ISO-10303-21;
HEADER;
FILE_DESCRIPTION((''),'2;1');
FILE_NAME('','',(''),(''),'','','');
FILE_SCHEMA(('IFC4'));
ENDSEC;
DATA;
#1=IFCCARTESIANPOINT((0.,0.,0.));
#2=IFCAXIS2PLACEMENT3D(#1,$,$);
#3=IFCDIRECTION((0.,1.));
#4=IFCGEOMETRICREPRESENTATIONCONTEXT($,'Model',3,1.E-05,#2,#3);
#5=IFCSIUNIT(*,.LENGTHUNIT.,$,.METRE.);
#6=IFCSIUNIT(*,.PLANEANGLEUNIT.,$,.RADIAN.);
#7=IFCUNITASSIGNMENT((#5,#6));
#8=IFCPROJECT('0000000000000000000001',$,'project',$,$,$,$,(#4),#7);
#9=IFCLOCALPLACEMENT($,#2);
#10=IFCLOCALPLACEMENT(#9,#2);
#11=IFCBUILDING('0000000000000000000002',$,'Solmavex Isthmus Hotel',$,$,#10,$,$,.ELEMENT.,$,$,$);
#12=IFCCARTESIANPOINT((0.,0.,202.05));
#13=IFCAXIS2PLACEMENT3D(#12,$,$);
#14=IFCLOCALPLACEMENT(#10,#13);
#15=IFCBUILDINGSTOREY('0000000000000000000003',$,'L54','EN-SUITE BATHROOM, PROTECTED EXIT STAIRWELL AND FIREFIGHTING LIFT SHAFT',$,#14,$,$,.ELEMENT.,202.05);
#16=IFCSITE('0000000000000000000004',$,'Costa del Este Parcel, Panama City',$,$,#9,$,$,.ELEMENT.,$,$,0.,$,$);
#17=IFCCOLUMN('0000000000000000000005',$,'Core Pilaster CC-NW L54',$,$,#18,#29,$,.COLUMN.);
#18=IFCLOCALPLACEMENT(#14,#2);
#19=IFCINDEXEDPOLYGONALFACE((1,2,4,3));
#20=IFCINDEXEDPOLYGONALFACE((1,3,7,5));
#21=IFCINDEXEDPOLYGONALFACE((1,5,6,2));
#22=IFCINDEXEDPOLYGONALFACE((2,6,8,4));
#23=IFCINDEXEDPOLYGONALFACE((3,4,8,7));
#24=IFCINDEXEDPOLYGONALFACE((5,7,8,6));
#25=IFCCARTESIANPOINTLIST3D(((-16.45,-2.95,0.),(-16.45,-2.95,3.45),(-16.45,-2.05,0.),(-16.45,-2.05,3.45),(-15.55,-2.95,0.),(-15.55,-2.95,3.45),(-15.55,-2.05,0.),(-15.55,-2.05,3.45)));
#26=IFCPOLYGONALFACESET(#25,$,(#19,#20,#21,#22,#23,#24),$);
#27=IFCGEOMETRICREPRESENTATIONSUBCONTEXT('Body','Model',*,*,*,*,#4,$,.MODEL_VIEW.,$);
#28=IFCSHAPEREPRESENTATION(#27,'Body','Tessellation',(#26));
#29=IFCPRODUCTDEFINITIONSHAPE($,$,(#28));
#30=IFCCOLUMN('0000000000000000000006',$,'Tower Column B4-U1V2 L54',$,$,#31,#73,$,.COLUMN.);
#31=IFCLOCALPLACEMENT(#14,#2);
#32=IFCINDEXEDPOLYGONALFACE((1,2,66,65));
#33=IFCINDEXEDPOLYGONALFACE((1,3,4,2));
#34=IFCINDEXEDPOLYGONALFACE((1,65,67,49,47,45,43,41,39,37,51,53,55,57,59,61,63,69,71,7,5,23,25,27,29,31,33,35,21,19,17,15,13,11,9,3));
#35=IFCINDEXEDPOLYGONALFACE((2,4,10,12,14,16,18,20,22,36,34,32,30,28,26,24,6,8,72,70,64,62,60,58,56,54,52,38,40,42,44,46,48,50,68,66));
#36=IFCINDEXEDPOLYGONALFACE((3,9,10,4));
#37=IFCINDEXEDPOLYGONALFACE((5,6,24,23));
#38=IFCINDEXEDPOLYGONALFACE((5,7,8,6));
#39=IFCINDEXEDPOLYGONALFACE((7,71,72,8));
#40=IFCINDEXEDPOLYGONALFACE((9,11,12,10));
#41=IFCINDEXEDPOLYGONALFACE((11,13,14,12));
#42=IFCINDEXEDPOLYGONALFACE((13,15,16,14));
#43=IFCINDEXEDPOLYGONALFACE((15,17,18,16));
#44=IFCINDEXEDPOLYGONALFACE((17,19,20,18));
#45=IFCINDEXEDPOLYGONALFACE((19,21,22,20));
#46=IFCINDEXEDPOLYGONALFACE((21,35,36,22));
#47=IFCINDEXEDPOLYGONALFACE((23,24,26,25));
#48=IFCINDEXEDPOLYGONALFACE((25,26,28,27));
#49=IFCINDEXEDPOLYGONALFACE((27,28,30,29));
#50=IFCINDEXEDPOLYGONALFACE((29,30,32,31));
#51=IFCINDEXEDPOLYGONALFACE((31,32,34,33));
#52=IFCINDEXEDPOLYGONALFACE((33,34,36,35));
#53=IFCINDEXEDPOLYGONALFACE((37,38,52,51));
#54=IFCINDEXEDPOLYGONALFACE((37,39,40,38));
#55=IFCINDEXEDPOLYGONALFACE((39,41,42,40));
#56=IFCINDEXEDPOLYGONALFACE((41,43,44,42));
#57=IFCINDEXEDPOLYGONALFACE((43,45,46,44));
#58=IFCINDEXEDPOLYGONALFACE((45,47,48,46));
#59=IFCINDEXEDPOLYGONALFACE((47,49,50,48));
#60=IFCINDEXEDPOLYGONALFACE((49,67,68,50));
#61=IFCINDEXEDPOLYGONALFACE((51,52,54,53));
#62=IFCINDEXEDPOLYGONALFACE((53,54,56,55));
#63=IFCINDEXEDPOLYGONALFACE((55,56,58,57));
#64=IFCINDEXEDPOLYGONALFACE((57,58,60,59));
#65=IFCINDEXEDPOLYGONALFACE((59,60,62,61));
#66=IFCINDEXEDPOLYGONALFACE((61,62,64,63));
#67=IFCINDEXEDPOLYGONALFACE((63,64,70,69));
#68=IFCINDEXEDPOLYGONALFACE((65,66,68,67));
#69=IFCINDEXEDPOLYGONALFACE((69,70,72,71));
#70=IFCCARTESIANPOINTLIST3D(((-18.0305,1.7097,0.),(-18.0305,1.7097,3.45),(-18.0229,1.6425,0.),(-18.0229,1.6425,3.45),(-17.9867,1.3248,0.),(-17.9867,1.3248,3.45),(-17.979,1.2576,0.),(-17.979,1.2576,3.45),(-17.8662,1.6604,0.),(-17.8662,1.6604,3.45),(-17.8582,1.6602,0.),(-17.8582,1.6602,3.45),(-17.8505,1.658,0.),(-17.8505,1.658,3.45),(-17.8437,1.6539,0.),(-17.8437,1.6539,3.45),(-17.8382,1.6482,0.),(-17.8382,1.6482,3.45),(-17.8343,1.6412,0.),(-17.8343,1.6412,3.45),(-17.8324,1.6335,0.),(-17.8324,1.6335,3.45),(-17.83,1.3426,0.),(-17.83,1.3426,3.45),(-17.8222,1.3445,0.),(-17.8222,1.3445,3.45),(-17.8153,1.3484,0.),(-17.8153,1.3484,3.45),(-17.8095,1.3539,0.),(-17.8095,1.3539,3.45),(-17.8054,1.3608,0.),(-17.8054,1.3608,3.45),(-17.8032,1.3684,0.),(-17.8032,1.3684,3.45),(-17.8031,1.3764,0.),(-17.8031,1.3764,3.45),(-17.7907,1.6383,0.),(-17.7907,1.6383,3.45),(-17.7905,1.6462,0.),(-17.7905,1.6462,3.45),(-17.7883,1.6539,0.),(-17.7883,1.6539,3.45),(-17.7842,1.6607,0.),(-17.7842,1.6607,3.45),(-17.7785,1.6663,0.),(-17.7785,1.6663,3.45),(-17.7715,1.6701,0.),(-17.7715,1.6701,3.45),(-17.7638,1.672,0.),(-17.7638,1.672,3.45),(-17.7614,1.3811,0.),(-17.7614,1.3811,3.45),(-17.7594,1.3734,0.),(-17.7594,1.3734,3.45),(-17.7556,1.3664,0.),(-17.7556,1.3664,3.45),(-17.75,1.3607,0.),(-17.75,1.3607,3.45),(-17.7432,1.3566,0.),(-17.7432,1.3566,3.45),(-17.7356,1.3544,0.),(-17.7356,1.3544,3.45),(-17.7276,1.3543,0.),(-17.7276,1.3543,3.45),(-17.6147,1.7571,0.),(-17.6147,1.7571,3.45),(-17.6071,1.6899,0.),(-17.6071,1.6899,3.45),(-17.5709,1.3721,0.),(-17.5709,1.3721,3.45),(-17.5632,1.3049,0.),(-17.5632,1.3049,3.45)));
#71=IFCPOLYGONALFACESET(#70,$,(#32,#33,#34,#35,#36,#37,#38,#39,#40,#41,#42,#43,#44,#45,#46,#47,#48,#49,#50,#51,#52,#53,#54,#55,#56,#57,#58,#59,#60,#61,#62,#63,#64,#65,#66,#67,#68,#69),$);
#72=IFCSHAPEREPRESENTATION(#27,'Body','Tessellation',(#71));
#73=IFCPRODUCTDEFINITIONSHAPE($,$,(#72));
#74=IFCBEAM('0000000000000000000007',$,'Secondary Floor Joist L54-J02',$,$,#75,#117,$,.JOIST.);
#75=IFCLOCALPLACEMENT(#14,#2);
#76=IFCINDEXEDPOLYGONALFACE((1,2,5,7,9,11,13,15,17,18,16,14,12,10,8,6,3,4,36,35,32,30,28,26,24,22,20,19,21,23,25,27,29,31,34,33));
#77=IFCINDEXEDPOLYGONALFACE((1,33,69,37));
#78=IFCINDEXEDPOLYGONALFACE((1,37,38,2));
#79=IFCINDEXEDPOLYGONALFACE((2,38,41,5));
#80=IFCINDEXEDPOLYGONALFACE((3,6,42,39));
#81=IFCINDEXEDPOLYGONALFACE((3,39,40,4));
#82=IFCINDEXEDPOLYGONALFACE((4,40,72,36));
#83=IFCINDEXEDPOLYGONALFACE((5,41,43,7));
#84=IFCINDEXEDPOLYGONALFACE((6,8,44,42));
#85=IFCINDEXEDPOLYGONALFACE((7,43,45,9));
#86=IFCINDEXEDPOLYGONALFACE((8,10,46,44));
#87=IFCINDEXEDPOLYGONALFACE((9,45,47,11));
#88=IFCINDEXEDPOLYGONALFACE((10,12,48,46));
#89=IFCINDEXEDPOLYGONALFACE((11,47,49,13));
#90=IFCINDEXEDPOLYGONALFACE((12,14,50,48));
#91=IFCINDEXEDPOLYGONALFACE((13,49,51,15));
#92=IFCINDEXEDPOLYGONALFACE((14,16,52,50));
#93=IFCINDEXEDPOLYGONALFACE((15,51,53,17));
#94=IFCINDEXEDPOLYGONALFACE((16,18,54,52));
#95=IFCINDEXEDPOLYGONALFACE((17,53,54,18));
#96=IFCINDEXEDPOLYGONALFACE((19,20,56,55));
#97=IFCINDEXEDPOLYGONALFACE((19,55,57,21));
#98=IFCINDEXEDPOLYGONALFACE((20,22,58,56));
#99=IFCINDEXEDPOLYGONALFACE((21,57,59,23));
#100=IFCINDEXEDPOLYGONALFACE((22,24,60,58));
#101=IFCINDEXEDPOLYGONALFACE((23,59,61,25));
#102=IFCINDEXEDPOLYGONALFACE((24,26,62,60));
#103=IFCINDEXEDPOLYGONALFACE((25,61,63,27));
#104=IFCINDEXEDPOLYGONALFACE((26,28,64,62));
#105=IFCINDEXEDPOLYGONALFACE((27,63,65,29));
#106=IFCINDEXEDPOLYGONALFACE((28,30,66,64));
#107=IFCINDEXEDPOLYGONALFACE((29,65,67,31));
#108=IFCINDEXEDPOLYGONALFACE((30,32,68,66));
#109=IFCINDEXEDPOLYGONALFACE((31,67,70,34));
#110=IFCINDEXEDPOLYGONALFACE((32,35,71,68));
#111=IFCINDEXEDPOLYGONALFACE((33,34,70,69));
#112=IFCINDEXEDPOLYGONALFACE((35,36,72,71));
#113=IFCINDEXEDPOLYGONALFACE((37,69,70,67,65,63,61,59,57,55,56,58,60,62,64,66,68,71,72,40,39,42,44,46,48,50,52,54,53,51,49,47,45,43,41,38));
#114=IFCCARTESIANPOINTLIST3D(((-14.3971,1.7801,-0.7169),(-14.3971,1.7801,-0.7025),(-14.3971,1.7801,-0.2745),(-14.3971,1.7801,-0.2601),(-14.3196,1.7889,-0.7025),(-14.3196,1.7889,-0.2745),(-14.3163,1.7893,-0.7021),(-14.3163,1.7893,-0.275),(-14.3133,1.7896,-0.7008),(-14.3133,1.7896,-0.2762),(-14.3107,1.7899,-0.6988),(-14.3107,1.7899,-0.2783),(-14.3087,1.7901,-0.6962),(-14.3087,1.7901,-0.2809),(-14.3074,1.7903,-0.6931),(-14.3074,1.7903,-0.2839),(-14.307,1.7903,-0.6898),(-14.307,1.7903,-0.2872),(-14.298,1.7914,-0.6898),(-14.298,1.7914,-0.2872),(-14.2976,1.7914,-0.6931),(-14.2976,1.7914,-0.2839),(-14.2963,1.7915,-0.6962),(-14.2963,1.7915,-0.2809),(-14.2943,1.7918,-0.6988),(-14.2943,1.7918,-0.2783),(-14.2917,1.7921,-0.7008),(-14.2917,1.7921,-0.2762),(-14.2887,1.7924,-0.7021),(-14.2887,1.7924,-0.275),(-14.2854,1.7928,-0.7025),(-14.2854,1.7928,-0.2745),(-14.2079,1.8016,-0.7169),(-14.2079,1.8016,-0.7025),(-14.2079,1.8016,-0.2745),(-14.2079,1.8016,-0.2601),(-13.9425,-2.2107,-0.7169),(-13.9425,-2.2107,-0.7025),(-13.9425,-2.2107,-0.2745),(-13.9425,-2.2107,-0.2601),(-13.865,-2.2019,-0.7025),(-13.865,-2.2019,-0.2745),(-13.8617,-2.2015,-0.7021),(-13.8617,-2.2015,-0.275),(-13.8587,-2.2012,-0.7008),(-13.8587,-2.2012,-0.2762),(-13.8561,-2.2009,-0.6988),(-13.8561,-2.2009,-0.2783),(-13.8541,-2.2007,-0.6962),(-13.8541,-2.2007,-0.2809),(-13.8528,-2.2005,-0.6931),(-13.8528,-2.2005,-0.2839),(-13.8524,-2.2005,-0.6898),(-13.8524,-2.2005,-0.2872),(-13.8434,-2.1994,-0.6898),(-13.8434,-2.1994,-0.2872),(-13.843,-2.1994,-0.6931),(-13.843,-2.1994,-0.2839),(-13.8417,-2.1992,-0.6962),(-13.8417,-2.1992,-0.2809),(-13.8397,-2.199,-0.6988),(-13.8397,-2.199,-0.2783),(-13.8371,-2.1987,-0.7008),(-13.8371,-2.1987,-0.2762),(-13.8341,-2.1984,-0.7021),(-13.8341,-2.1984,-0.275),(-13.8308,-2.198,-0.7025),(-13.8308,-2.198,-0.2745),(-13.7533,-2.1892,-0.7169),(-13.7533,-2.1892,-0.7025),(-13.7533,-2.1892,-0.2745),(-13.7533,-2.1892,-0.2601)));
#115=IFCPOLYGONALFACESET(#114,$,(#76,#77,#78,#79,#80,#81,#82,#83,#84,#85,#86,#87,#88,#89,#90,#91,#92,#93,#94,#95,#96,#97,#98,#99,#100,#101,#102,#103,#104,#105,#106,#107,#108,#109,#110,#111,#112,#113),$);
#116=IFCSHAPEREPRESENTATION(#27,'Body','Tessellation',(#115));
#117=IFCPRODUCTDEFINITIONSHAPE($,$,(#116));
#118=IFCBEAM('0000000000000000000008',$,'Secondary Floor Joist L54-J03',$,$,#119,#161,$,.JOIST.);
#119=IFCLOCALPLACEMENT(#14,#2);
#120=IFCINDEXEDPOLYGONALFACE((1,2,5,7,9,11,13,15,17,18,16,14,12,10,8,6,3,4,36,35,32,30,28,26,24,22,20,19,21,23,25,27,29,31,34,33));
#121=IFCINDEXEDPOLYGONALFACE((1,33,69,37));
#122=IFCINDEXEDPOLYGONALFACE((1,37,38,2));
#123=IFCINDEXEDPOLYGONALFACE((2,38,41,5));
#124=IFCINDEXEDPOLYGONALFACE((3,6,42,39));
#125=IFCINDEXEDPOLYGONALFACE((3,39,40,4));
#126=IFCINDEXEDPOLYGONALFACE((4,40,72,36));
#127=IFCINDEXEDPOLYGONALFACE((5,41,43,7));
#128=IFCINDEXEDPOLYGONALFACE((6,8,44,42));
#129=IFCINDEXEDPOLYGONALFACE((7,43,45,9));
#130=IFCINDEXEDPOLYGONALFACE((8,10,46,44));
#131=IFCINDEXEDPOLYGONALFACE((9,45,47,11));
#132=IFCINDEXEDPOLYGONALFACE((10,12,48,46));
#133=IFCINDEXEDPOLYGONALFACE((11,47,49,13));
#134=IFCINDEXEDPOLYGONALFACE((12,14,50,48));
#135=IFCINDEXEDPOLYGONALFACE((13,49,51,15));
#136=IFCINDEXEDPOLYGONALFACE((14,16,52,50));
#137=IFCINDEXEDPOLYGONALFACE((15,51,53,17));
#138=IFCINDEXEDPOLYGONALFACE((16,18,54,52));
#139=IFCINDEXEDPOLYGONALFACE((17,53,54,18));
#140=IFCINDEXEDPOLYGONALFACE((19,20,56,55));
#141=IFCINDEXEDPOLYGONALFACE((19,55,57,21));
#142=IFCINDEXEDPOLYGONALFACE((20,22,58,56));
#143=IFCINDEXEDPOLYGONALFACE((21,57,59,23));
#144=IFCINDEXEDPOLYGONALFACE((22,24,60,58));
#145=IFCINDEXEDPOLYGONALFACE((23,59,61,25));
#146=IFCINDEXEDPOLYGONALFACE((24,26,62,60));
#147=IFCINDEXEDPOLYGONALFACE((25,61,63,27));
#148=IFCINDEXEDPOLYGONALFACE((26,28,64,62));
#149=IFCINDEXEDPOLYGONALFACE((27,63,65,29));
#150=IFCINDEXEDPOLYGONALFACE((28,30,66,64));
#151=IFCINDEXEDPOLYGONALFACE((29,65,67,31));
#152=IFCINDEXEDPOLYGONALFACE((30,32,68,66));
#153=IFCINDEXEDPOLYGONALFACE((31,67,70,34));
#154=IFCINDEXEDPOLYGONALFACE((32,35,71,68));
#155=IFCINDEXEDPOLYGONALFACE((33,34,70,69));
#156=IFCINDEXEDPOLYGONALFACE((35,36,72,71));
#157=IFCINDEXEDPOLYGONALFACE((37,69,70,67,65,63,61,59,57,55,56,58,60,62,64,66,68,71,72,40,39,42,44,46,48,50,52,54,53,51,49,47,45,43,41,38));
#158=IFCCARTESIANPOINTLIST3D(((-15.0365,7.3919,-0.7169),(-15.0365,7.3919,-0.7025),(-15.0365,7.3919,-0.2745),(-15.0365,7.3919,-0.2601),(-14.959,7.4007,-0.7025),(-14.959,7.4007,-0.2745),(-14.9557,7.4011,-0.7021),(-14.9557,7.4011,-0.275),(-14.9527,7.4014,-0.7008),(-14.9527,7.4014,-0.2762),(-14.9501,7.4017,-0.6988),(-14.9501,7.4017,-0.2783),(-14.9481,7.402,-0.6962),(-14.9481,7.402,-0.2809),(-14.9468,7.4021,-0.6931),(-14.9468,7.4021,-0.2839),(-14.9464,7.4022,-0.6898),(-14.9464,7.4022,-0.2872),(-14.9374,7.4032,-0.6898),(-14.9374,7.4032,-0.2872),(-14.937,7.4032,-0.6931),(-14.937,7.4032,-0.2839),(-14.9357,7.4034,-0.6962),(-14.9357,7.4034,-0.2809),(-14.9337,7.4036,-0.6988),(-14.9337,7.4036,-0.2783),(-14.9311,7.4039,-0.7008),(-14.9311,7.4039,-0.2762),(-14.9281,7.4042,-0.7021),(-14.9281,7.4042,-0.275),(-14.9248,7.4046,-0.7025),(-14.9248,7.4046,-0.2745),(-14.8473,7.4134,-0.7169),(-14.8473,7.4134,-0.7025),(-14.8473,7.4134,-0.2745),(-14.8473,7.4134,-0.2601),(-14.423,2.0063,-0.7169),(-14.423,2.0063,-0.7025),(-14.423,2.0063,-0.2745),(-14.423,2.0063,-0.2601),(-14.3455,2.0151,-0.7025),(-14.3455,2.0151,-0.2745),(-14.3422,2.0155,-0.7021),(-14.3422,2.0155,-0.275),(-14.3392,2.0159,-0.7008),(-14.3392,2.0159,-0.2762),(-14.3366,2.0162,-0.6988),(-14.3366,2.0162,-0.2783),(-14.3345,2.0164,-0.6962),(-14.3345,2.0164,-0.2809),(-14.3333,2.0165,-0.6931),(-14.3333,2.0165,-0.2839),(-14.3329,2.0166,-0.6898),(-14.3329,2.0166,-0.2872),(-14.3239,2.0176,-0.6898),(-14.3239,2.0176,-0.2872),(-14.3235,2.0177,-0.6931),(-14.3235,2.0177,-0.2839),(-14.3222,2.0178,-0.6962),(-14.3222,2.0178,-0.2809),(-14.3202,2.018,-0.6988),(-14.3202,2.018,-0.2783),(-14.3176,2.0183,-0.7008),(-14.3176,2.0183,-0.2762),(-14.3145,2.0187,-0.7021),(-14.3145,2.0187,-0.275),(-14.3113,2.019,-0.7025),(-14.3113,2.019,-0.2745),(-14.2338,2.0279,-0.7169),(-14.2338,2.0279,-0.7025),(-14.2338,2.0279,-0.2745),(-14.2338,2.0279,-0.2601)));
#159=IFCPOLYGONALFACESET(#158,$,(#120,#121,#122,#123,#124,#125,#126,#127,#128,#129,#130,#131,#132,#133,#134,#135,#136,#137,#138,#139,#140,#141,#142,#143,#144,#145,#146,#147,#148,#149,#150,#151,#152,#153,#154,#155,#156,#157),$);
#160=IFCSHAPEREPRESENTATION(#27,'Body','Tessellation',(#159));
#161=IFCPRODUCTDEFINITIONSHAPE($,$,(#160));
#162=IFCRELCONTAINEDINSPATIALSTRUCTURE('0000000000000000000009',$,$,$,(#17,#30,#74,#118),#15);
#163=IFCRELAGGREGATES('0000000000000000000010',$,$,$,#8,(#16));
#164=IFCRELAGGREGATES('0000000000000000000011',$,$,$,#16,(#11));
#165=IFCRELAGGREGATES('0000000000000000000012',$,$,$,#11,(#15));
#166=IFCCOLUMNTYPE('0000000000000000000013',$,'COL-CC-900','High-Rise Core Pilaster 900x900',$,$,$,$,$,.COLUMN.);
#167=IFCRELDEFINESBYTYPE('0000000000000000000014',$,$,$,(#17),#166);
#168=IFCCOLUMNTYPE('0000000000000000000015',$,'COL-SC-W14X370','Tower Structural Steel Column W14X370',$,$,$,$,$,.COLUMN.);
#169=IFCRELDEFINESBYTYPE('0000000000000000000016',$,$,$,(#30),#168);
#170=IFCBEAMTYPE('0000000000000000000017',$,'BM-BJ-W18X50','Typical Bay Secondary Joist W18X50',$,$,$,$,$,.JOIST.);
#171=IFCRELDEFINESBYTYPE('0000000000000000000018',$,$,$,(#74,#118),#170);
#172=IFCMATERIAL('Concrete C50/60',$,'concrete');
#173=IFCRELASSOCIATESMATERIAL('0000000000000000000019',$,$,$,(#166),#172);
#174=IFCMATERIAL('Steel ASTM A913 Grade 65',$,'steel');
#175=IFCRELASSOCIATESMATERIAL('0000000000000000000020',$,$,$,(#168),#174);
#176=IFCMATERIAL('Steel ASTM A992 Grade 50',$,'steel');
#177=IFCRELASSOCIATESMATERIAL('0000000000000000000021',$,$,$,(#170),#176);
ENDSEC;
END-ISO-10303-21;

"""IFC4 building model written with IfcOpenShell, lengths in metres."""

from ifc_helpers import new_model, si_unit, direction, frame, origin, origin_2d, place, context, subcontext, project, spatial, rectangle, i_section, extrude, material, material_profile, profile_set, type_object, element, save


model = new_model("IFC4")

# Units and contexts
model_context = context("Model", 3, precision=1e-05, world=origin(), true_north=direction((0.0, 1.0)))
body_context = subcontext(model_context, "Body", "Model", "MODEL_VIEW")
ifc_project = project(units=[si_unit("LENGTHUNIT", "METRE"), si_unit("PLANEANGLEUNIT", "RADIAN")], contexts=[model_context])

# Site, building, storey
site_placement = place(None, origin())
site = spatial("IfcSite", under=ifc_project, at=site_placement, Name="Costa del Este Parcel, Panama City", CompositionType="ELEMENT", RefElevation=0.0)
building_placement = place(site_placement, origin())
building = spatial("IfcBuilding", under=site, at=building_placement, Name="Solmavex Isthmus Hotel", CompositionType="ELEMENT")
storey_placement = place(building_placement, frame((0.0, 0.0, 202.05)))
storey = spatial("IfcBuildingStorey", under=building, at=storey_placement, Name="L54", Description="EN-SUITE BATHROOM, PROTECTED EXIT STAIRWELL AND FIREFIGHTING LIFT SHAFT", CompositionType="ELEMENT", Elevation=202.05)

# Columns
ifc_material_1 = material(Name="Concrete C50/60", Category="concrete")
ifc_material_profile_1 = material_profile(ifc_material_1, rectangle(XDim=0.8999, YDim=0.8999, at=origin_2d()), Name="RC900X900")
ifc_profile_set_1 = profile_set([ifc_material_profile_1], Name="Concrete C50/60")
column_type_1 = type_object("IfcColumnType", Name="COL-CC-900", Description="High-Rise Core Pilaster 900x900", PredefinedType="COLUMN", material=ifc_profile_set_1)
column_1_placement = place(storey_placement, frame((-16.0, -2.5, 0.0), z_axis=(0.0, 0.0, 1.0), x_axis=(1.0, 0.0, 0.0)))
element("IfcColumn", 1, at=column_1_placement, inside=storey, type_object=column_type_1, Name="Core Pilaster CC-NW L54", PredefinedType="COLUMN", context=body_context, shape_type="SweptSolid", body=[
    extrude(rectangle(XDim=0.8999, YDim=0.8999, at=origin_2d()), origin(), (0.0, 0.0, 1.0), 3.45),
])
ifc_material_2 = material(Name="Steel ASTM A913 Grade 65", Category="steel")
ifc_material_profile_2 = material_profile(ifc_material_2, i_section(OverallWidth=0.4185, OverallDepth=0.4551, WebThickness=0.042, FlangeThickness=0.0676, FilletRadius=0.0305, at=origin_2d()), Name="W14X370")
ifc_profile_set_2 = profile_set([ifc_material_profile_2], Name="Steel ASTM A913 Grade 65")
column_type_2 = type_object("IfcColumnType", Name="COL-SC-W14X370", Description="Tower Structural Steel Column W14X370", PredefinedType="COLUMN", material=ifc_profile_set_2)
column_2_placement = place(storey_placement, frame((-17.7969, 1.5073, 0.0), z_axis=(0.0, 0.0, 1.0), x_axis=(0.993572, 0.113203, 0.0)))
element("IfcColumn", 2, at=column_2_placement, inside=storey, type_object=column_type_2, Name="Tower Column B4-U1V2 L54", PredefinedType="COLUMN", context=body_context, shape_type="SweptSolid", body=[
    extrude(i_section(OverallWidth=0.4185, OverallDepth=0.4551, WebThickness=0.042, FlangeThickness=0.0676, FilletRadius=0.0305, at=origin_2d()), origin(), (0.0, 0.0, 1.0), 3.45),
])

# Beams
ifc_material_3 = material(Name="Steel ASTM A992 Grade 50", Category="steel")
ifc_material_profile_3 = material_profile(ifc_material_3, i_section(OverallWidth=0.1904, OverallDepth=0.4568, WebThickness=0.009, FlangeThickness=0.0144, FilletRadius=0.0127, at=origin_2d()), Name="W18X50")
ifc_profile_set_3 = profile_set([ifc_material_profile_3], Name="Steel ASTM A992 Grade 50")
beam_type_1 = type_object("IfcBeamType", Name="BM-BJ-W18X50", Description="Typical Bay Secondary Joist W18X50", PredefinedType="JOIST", material=ifc_profile_set_3)
beam_1_placement = place(storey_placement, frame((-13.8479, -2.2, -0.4885), z_axis=(-0.11318, 0.993575, 0.0), x_axis=(-0.993575, -0.11318, 0.0)))
element("IfcBeam", 3, at=beam_1_placement, inside=storey, type_object=beam_type_1, Name="Secondary Floor Joist L54-J02", PredefinedType="JOIST", context=body_context, shape_type="SweptSolid", body=[
    extrude(i_section(OverallWidth=0.1904, OverallDepth=0.4568, WebThickness=0.009, FlangeThickness=0.0144, FilletRadius=0.0127, at=origin_2d()), origin(), (0.0, 0.0, 1.0), 4.0166),
])
beam_2_placement = place(storey_placement, frame((-14.3284, 2.0171, -0.4885), z_axis=(-0.11319, 0.993573, 0.0), x_axis=(-0.993573, -0.11319, 0.0)))
element("IfcBeam", 4, at=beam_2_placement, inside=storey, type_object=beam_type_1, Name="Secondary Floor Joist L54-J03", PredefinedType="JOIST", context=body_context, shape_type="SweptSolid", body=[
    extrude(i_section(OverallWidth=0.1904, OverallDepth=0.4568, WebThickness=0.009, FlangeThickness=0.0144, FilletRadius=0.0127, at=origin_2d()), origin(), (0.0, 0.0, 1.0), 5.4204),
])

save(model, "model.ifc")
